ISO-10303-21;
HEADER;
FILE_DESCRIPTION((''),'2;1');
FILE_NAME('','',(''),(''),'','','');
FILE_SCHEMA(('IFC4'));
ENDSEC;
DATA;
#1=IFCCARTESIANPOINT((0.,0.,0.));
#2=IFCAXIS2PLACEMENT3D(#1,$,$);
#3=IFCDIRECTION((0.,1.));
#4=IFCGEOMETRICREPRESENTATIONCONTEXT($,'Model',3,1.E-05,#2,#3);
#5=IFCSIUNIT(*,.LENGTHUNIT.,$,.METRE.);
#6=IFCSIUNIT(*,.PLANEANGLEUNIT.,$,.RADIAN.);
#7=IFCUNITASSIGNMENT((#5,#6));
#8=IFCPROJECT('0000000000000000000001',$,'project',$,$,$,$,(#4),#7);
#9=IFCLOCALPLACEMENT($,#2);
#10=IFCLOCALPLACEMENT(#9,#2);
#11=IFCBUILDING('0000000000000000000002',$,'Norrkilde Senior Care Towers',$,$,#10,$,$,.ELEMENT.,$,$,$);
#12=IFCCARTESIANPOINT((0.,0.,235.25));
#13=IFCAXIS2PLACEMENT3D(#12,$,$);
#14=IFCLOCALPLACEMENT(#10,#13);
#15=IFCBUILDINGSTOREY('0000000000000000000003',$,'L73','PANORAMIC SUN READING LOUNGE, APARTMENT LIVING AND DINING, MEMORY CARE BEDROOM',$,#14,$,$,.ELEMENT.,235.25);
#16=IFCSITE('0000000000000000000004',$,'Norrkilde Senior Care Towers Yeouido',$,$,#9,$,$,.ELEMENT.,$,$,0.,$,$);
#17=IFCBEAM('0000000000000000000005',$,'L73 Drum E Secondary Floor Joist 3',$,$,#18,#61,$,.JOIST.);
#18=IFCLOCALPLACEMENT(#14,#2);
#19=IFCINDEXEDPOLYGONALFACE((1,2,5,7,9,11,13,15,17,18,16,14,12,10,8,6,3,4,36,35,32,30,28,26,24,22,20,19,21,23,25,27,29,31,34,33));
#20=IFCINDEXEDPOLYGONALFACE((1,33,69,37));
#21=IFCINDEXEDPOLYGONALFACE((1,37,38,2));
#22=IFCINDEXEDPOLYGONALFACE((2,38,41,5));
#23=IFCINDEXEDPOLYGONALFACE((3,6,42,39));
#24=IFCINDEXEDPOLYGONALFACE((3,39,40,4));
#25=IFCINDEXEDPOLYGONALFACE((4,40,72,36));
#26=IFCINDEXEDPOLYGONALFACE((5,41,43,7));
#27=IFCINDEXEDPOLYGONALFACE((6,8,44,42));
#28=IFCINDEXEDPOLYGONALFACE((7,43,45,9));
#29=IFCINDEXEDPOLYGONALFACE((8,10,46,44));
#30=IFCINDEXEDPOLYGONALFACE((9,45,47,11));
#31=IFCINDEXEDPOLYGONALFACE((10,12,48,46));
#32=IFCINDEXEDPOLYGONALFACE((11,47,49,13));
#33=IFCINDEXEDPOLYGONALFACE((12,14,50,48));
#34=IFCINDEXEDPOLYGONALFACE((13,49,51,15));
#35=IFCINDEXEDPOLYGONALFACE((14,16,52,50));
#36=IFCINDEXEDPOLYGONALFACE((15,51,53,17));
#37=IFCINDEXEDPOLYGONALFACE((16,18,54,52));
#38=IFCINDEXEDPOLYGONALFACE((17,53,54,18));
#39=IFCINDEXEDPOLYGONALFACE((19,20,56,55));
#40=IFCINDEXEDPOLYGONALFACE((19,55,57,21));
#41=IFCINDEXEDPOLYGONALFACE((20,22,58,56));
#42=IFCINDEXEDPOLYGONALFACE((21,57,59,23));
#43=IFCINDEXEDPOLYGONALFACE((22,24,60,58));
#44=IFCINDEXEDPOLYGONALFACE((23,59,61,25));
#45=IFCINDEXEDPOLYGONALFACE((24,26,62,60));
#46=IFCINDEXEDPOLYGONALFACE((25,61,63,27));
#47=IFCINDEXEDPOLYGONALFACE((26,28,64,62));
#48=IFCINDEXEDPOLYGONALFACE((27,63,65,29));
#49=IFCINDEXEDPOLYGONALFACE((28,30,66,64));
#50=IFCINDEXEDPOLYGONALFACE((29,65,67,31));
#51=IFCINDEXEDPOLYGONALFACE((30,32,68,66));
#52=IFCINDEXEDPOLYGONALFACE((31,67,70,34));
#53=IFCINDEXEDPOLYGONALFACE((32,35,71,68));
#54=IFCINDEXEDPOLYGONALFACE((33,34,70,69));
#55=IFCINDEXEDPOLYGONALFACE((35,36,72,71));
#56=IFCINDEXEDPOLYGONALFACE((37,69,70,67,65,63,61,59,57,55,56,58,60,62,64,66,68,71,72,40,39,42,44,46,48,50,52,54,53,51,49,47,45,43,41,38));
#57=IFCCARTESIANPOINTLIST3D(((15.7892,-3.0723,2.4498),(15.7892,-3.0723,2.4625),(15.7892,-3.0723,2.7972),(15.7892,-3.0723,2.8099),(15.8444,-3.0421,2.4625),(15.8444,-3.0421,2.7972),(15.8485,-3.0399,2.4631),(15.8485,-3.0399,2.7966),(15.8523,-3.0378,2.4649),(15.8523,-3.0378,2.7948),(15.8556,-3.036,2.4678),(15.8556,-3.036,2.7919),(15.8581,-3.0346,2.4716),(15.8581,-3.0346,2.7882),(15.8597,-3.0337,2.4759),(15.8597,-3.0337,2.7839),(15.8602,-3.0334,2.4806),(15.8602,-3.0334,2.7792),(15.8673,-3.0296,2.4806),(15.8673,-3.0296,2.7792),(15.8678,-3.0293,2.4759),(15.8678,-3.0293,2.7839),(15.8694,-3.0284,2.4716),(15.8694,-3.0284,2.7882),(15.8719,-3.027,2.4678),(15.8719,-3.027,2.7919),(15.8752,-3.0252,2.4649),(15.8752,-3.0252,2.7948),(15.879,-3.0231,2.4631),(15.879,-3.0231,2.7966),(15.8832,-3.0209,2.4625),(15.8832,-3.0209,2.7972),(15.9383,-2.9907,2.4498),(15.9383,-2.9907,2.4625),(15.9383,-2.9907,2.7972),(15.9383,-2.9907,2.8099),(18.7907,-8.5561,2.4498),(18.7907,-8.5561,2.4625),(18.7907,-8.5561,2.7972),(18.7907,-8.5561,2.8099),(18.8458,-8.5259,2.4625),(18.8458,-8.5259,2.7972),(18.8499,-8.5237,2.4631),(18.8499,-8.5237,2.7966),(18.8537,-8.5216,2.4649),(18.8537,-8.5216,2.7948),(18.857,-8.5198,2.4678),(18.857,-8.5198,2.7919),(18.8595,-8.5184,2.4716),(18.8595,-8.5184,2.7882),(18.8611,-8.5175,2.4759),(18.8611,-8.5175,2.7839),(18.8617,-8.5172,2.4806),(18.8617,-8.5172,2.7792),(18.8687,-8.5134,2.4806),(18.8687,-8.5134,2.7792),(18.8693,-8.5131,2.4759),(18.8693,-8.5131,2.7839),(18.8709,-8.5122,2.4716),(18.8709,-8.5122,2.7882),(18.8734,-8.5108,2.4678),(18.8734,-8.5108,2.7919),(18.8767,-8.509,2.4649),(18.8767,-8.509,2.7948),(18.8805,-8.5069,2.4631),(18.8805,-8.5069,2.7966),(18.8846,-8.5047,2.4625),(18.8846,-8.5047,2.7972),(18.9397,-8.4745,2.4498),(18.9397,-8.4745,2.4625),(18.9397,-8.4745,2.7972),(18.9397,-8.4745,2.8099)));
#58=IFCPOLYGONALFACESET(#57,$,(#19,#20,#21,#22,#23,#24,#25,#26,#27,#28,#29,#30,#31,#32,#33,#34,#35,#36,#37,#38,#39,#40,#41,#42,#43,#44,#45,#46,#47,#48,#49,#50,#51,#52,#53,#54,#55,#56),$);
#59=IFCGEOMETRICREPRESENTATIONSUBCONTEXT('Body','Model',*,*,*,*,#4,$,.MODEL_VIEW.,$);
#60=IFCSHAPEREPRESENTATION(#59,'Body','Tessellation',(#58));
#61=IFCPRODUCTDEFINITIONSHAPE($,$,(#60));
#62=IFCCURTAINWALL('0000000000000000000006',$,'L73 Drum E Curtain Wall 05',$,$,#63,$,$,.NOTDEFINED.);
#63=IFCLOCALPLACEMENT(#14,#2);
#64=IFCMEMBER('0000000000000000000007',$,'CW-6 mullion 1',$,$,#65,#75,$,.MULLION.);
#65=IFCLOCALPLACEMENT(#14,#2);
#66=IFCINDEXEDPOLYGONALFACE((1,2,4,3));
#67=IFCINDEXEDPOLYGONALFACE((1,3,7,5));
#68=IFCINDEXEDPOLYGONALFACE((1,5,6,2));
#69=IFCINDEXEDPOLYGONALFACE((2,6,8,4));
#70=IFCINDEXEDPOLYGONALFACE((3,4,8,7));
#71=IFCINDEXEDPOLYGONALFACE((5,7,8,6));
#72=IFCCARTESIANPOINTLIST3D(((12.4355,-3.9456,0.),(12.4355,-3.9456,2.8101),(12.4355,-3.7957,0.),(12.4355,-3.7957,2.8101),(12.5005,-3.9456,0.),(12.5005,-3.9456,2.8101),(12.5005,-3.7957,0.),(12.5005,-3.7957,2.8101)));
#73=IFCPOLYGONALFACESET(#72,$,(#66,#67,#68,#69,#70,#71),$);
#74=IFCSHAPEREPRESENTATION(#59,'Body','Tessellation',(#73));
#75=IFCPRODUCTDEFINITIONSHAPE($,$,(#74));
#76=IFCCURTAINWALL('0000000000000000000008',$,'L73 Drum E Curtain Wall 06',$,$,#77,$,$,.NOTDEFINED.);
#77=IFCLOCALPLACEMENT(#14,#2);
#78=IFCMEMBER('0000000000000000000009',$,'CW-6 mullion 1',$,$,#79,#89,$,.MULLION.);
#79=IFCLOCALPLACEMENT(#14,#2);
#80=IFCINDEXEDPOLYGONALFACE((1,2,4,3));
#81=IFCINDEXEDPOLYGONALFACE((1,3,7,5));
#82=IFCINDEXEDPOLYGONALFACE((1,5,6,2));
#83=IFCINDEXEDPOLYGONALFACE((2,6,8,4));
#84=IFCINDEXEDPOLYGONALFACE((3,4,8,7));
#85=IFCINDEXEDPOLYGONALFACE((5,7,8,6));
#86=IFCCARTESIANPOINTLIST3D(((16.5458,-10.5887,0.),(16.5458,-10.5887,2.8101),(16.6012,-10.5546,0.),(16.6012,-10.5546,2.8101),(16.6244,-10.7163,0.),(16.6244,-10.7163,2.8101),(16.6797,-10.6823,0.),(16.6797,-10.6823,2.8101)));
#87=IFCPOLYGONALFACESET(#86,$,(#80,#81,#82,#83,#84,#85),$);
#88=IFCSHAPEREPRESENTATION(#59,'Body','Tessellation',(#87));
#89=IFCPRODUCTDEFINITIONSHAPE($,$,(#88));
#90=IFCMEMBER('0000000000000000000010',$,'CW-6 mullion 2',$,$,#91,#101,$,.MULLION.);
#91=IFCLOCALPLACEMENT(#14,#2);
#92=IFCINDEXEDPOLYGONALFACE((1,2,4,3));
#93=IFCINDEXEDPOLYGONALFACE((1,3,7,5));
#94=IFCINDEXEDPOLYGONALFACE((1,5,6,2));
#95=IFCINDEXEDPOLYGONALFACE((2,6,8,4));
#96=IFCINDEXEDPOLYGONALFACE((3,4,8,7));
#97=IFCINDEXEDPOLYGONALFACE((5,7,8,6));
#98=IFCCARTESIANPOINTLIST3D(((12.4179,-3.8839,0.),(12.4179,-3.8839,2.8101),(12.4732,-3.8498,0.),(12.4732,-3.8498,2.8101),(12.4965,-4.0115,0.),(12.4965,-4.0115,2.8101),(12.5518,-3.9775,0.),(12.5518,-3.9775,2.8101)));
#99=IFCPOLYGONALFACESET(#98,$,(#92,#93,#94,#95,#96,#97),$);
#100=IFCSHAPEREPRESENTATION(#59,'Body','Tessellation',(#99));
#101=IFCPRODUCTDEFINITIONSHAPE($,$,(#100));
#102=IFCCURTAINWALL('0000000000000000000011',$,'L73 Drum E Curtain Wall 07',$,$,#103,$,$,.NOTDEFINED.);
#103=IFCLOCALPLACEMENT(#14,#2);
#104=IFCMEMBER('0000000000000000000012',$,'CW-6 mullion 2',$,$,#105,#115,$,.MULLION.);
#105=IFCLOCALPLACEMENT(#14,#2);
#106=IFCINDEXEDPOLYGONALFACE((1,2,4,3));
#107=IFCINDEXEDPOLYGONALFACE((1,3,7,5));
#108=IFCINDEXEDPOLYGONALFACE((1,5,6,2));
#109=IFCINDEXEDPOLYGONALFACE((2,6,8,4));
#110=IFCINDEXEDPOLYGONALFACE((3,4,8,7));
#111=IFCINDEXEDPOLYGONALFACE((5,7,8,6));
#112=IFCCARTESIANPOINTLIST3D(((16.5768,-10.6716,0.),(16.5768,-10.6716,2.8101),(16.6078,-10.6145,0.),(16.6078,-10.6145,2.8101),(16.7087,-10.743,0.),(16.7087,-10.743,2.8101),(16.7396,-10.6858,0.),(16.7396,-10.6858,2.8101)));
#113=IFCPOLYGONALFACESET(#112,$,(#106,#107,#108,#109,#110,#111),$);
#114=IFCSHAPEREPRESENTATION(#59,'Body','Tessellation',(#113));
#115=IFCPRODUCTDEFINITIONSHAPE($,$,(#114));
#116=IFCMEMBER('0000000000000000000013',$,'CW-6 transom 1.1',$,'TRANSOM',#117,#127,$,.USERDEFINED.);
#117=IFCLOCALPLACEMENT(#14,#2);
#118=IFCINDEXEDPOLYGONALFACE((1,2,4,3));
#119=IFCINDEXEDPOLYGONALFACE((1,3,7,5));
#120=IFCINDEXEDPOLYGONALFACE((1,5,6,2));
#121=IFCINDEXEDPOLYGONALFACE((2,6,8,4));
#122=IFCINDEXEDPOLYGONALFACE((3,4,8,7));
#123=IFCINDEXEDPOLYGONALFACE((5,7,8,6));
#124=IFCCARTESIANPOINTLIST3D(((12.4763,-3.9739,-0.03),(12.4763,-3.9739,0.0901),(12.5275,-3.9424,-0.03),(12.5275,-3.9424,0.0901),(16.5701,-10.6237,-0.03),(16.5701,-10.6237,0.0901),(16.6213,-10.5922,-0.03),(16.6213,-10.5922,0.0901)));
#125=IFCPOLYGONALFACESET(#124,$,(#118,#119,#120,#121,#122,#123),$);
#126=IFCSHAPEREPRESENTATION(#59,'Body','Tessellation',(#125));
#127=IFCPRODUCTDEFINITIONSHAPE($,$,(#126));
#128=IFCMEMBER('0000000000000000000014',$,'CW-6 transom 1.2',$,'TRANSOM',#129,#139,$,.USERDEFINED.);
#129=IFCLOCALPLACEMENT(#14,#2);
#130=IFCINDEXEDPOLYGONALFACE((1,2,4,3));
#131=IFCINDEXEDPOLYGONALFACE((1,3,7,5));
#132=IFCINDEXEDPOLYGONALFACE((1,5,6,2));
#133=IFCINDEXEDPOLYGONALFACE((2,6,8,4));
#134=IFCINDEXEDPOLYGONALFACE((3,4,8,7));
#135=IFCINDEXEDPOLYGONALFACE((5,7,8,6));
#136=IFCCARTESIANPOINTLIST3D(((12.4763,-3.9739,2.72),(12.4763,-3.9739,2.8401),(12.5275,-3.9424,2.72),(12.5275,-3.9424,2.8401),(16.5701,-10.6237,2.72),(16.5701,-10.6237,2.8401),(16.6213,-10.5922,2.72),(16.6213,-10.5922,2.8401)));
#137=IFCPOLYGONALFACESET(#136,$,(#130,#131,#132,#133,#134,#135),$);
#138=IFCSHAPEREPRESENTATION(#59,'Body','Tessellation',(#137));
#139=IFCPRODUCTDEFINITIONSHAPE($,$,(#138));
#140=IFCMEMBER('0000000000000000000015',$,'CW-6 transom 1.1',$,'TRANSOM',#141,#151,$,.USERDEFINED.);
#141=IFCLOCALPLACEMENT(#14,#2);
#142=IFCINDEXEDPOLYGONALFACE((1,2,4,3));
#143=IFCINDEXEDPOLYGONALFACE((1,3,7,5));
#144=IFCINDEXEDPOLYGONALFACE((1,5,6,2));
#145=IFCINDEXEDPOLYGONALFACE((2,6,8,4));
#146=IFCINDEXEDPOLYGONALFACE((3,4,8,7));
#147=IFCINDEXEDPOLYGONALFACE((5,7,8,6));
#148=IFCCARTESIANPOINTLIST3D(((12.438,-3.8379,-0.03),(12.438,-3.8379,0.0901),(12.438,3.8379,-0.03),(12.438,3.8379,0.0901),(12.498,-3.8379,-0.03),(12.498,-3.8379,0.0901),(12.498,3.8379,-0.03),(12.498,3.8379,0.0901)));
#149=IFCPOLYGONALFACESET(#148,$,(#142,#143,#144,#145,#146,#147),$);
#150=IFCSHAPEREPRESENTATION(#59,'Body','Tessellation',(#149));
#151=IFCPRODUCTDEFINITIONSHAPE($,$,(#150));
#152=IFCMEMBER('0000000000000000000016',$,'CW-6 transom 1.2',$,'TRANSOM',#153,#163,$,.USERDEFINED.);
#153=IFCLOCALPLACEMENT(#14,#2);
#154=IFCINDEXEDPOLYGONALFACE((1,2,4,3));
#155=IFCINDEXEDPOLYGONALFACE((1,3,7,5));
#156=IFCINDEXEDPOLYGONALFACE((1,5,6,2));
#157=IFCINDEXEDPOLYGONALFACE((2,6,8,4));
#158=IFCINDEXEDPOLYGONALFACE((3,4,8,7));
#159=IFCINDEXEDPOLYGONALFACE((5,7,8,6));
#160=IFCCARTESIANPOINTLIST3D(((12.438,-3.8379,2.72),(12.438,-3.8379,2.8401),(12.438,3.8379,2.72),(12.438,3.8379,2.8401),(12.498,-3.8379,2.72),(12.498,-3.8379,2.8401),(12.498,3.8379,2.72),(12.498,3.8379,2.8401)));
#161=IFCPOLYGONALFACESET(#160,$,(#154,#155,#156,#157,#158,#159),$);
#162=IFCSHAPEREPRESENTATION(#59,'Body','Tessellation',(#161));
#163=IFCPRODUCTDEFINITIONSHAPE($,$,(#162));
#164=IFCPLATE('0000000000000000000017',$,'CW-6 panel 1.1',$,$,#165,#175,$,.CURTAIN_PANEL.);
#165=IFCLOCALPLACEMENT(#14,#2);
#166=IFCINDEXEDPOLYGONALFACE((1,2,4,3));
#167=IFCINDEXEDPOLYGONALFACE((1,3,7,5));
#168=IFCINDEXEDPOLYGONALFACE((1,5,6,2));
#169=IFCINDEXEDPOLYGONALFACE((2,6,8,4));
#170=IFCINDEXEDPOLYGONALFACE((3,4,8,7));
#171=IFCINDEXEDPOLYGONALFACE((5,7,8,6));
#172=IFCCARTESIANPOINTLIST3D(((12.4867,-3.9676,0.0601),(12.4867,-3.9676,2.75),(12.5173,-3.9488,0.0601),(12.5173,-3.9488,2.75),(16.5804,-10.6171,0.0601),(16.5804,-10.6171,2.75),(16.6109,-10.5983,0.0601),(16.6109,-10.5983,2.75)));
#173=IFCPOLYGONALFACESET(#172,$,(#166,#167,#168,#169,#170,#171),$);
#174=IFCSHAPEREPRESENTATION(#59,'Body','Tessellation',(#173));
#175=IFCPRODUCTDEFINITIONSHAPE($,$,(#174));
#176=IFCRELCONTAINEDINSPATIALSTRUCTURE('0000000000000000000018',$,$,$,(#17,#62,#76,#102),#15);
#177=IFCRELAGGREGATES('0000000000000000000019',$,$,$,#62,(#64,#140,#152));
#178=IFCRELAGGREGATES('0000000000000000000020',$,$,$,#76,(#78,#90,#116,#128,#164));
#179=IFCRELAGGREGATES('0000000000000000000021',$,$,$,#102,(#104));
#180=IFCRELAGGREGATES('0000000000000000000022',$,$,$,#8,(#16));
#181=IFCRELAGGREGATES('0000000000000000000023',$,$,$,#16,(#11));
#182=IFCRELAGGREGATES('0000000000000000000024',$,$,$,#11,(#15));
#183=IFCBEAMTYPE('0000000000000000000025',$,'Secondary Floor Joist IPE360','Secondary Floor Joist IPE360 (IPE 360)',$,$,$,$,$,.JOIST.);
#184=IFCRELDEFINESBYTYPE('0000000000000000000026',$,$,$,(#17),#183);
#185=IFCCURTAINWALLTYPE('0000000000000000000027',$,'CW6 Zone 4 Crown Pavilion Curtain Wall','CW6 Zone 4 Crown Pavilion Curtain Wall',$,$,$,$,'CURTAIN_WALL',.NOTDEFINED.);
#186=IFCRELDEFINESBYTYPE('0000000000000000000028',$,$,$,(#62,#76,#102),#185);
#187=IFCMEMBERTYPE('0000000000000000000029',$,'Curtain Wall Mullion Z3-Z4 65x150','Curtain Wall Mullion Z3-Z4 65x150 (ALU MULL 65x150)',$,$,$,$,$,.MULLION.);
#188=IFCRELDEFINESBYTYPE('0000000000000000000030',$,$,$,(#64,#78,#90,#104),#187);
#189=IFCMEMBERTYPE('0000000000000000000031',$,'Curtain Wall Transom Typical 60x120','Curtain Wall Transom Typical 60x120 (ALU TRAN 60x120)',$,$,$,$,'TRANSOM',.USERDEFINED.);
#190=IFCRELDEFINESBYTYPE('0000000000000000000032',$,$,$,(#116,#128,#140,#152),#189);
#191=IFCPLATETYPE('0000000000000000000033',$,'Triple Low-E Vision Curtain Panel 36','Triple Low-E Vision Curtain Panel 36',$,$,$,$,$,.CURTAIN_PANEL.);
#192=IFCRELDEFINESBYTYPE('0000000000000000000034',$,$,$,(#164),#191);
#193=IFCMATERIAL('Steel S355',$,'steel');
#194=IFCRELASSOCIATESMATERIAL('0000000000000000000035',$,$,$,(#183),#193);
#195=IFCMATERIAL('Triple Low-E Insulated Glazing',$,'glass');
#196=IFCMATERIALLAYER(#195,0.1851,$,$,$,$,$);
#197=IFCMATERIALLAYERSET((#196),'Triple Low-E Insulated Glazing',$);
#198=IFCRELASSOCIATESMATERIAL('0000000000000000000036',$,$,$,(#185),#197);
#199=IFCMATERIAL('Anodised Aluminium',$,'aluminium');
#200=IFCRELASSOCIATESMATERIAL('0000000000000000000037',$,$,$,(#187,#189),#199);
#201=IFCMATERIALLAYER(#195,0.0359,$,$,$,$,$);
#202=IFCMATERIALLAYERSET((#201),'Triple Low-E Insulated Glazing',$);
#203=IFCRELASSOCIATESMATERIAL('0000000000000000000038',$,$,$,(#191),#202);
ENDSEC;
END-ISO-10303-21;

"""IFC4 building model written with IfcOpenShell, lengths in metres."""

from ifc_helpers import new_model, si_unit, direction, frame, origin, origin_2d, place, context, subcontext, project, spatial, rectangle, i_section, extrude, source, transform, mapped, material, layer, layer_set, material_profile, profile_set, type_object, type_shapes, element, aggregate, save


model = new_model("IFC4")

# Units and contexts
model_context = context("Model", 3, precision=1e-05, world=origin(), true_north=direction((0.0, 1.0)))
body_context = subcontext(model_context, "Body", "Model", "MODEL_VIEW")
ifc_project = project(units=[si_unit("LENGTHUNIT", "METRE"), si_unit("PLANEANGLEUNIT", "RADIAN")], contexts=[model_context])

# Site, building, storey
site_placement = place(None, origin())
site = spatial("IfcSite", under=ifc_project, at=site_placement, Name="Norrkilde Senior Care Towers Yeouido", CompositionType="ELEMENT", RefElevation=0.0)
building_placement = place(site_placement, origin())
building = spatial("IfcBuilding", under=site, at=building_placement, Name="Norrkilde Senior Care Towers", CompositionType="ELEMENT")
storey_placement = place(building_placement, frame((0.0, 0.0, 235.25)))
storey = spatial("IfcBuildingStorey", under=building, at=storey_placement, Name="L73", Description="PANORAMIC SUN READING LOUNGE, APARTMENT LIVING AND DINING, MEMORY CARE BEDROOM", CompositionType="ELEMENT", Elevation=235.25)

# Beam
ifc_material_1 = material(Name="Steel S355", Category="steel")
ifc_material_profile_1 = material_profile(ifc_material_1, i_section(OverallWidth=0.1699, OverallDepth=0.3601, WebThickness=0.0081, FlangeThickness=0.0127, FilletRadius=0.0181, at=origin_2d()), Name="IPE 360")
ifc_profile_set_1 = profile_set([ifc_material_profile_1], Name="Steel S355")
beam_type_1 = type_object("IfcBeamType", Name="Secondary Floor Joist IPE360", Description="Secondary Floor Joist IPE360 (IPE 360)", PredefinedType="JOIST", material=ifc_profile_set_1)
shared_shape_1 = source(origin(), body_context, "Body", "SweptSolid", [
    extrude(i_section(OverallWidth=0.1699, OverallDepth=0.3601, WebThickness=0.0081, FlangeThickness=0.0127, FilletRadius=0.0181, at=origin_2d()), origin(), (0.0, 0.0, 1.0), 6.2515),
])
type_shapes(beam_type_1, [shared_shape_1])
beam_1_placement = place(storey_placement, frame((15.8638, -3.0315, 2.6299), z_axis=(0.480116, -0.877205, 0.0), x_axis=(0.877205, 0.480116, 0.0)))
element("IfcBeam", 1, at=beam_1_placement, inside=storey, type_object=beam_type_1, Name="L73 Drum E Secondary Floor Joist 3", PredefinedType="JOIST", context=body_context, shape_type="MappedRepresentation", body=[
    mapped(shared_shape_1, transform((0.0, 0.0, 0.0), x_axis=(1.0, 0.0, 0.0), y_axis=(0.0, 1.0, 0.0), z_axis=(0.0, 0.0, 1.0), scale=1.0)),
])

# Curtain wall, member
ifc_material_2 = material(Name="Triple Low-E Insulated Glazing", Category="glass")
ifc_layer_1 = layer(ifc_material_2, 0.1851)
ifc_layer_set_1 = layer_set([ifc_layer_1], Name="Triple Low-E Insulated Glazing")
curtain_wall_type = type_object("IfcCurtainWallType", Name="CW6 Zone 4 Crown Pavilion Curtain Wall", Description="CW6 Zone 4 Crown Pavilion Curtain Wall", ElementType="CURTAIN_WALL", PredefinedType="NOTDEFINED", material=ifc_layer_set_1)
curtain_wall_1_placement = place(storey_placement, origin())
curtain_wall_1 = element("IfcCurtainWall", 2, at=curtain_wall_1_placement, inside=storey, type_object=curtain_wall_type, Name="L73 Drum E Curtain Wall 05", PredefinedType="NOTDEFINED")
ifc_material_3 = material(Name="Anodised Aluminium", Category="aluminium")
ifc_material_profile_2 = material_profile(ifc_material_3, rectangle(XDim=0.0649, YDim=0.1499, at=origin_2d()), Name="ALU MULL 65x150")
ifc_profile_set_2 = profile_set([ifc_material_profile_2], Name="Anodised Aluminium")
member_type_1 = type_object("IfcMemberType", Name="Curtain Wall Mullion Z3-Z4 65x150", Description="Curtain Wall Mullion Z3-Z4 65x150 (ALU MULL 65x150)", PredefinedType="MULLION", material=ifc_profile_set_2)
shared_shape_2 = source(origin(), body_context, "Body", "SweptSolid", [
    extrude(rectangle(XDim=0.0649, YDim=0.1499, at=origin_2d()), origin(), (0.0, 0.0, 1.0), 2.8101),
])
type_shapes(member_type_1, [shared_shape_2])
member_1_placement = place(storey_placement, frame((12.468, -3.8706, 0.0), z_axis=(0.0, 0.0, 1.0), x_axis=(-1.0, 0.0, 0.0)))
member_1 = element("IfcMember", 3, at=member_1_placement, type_object=member_type_1, Name="CW-6 mullion 1", PredefinedType="MULLION", context=body_context, shape_type="MappedRepresentation", body=[
    mapped(shared_shape_2, transform((0.0, 0.0, 0.0), x_axis=(1.0, 0.0, 0.0), y_axis=(0.0, 1.0, 0.0), z_axis=(0.0, 0.0, 1.0), scale=1.0)),
])

# Curtain wall, members
curtain_wall_2_placement = place(storey_placement, origin())
curtain_wall_2 = element("IfcCurtainWall", 4, at=curtain_wall_2_placement, inside=storey, type_object=curtain_wall_type, Name="L73 Drum E Curtain Wall 06", PredefinedType="NOTDEFINED")
member_2_placement = place(storey_placement, frame((16.6128, -10.6355, 0.0), z_axis=(0.0, 0.0, 1.0), x_axis=(-0.851563, -0.524253, 0.0)))
member_2 = element("IfcMember", 5, at=member_2_placement, type_object=member_type_1, Name="CW-6 mullion 1", PredefinedType="MULLION", context=body_context, shape_type="MappedRepresentation", body=[
    mapped(shared_shape_2, transform((0.0, 0.0, 0.0), x_axis=(1.0, 0.0, 0.0), y_axis=(0.0, 1.0, 0.0), z_axis=(0.0, 0.0, 1.0), scale=1.0)),
])
member_3_placement = place(storey_placement, frame((12.4849, -3.9307, 0.0), z_axis=(0.0, 0.0, 1.0), x_axis=(-0.851563, -0.524253, 0.0)))
member_3 = element("IfcMember", 6, at=member_3_placement, type_object=member_type_1, Name="CW-6 mullion 2", PredefinedType="MULLION", context=body_context, shape_type="MappedRepresentation", body=[
    mapped(shared_shape_2, transform((0.0, 0.0, 0.0), x_axis=(1.0, 0.0, 0.0), y_axis=(0.0, 1.0, 0.0), z_axis=(0.0, 0.0, 1.0), scale=1.0)),
])

# Curtain wall, member
curtain_wall_3_placement = place(storey_placement, origin())
curtain_wall_3 = element("IfcCurtainWall", 7, at=curtain_wall_3_placement, inside=storey, type_object=curtain_wall_type, Name="L73 Drum E Curtain Wall 07", PredefinedType="NOTDEFINED")
member_4_placement = place(storey_placement, frame((16.6582, -10.6787, 0.0), z_axis=(0.0, 0.0, 1.0), x_axis=(-0.476133, -0.879373, 0.0)))
member_4 = element("IfcMember", 8, at=member_4_placement, type_object=member_type_1, Name="CW-6 mullion 2", PredefinedType="MULLION", context=body_context, shape_type="MappedRepresentation", body=[
    mapped(shared_shape_2, transform((0.0, 0.0, 0.0), x_axis=(1.0, 0.0, 0.0), y_axis=(0.0, 1.0, 0.0), z_axis=(0.0, 0.0, 1.0), scale=1.0)),
])

# Members
ifc_material_profile_3 = material_profile(ifc_material_3, rectangle(XDim=0.0601, YDim=0.1201, at=origin_2d()), Name="ALU TRAN 60x120")
ifc_profile_set_3 = profile_set([ifc_material_profile_3], Name="Anodised Aluminium")
member_type_2 = type_object("IfcMemberType", Name="Curtain Wall Transom Typical 60x120", Description="Curtain Wall Transom Typical 60x120 (ALU TRAN 60x120)", ElementType="TRANSOM", PredefinedType="USERDEFINED", material=ifc_profile_set_3)
shared_shape_3 = source(origin(), body_context, "Body", "SweptSolid", [
    extrude(rectangle(XDim=0.0601, YDim=0.1201, at=origin_2d()), origin(), (0.0, 0.0, 1.0), 7.8088),
])
member_5_placement = place(storey_placement, frame((16.5957, -10.6079, 0.03), z_axis=(-0.524251, 0.851564, 0.0), x_axis=(-0.851564, -0.524251, 0.0)))
member_5 = element("IfcMember", 9, at=member_5_placement, type_object=member_type_2, Name="CW-6 transom 1.1", ObjectType="TRANSOM", PredefinedType="USERDEFINED", context=body_context, shape_type="MappedRepresentation", body=[
    mapped(shared_shape_3, transform((0.0, 0.0, 0.0), x_axis=(1.0, 0.0, 0.0), y_axis=(0.0, 1.0, 0.0), z_axis=(0.0, 0.0, 1.0), scale=1.0)),
])
member_6_placement = place(storey_placement, frame((16.5957, -10.6079, 2.78), z_axis=(-0.524251, 0.851564, 0.0), x_axis=(-0.851564, -0.524251, 0.0)))
member_6 = element("IfcMember", 10, at=member_6_placement, type_object=member_type_2, Name="CW-6 transom 1.2", ObjectType="TRANSOM", PredefinedType="USERDEFINED", context=body_context, shape_type="MappedRepresentation", body=[
    mapped(shared_shape_3, transform((0.0, 0.0, 0.0), x_axis=(1.0, 0.0, 0.0), y_axis=(0.0, 1.0, 0.0), z_axis=(0.0, 0.0, 1.0), scale=1.0)),
])
shared_shape_4 = source(origin(), body_context, "Body", "SweptSolid", [
    extrude(rectangle(XDim=0.0601, YDim=0.1201, at=origin_2d()), origin(), (0.0, 0.0, 1.0), 7.6758),
])
type_shapes(member_type_2, [shared_shape_3, shared_shape_4])
member_7_placement = place(storey_placement, frame((12.468, -3.8379, 0.03), z_axis=(0.0, 1.0, 0.0), x_axis=(-1.0, 0.0, 0.0)))
member_7 = element("IfcMember", 11, at=member_7_placement, type_object=member_type_2, Name="CW-6 transom 1.1", ObjectType="TRANSOM", PredefinedType="USERDEFINED", context=body_context, shape_type="MappedRepresentation", body=[
    mapped(shared_shape_4, transform((0.0, 0.0, 0.0), x_axis=(1.0, 0.0, 0.0), y_axis=(0.0, 1.0, 0.0), z_axis=(0.0, 0.0, 1.0), scale=1.0)),
])
member_8_placement = place(storey_placement, frame((12.468, -3.8379, 2.78), z_axis=(0.0, 1.0, 0.0), x_axis=(-1.0, 0.0, 0.0)))
member_8 = element("IfcMember", 12, at=member_8_placement, type_object=member_type_2, Name="CW-6 transom 1.2", ObjectType="TRANSOM", PredefinedType="USERDEFINED", context=body_context, shape_type="MappedRepresentation", body=[
    mapped(shared_shape_4, transform((0.0, 0.0, 0.0), x_axis=(1.0, 0.0, 0.0), y_axis=(0.0, 1.0, 0.0), z_axis=(0.0, 0.0, 1.0), scale=1.0)),
])
aggregate(curtain_wall_1, [member_1, member_7, member_8])

# Plate
ifc_layer_2 = layer(ifc_material_2, 0.0359)
ifc_layer_set_2 = layer_set([ifc_layer_2], Name="Triple Low-E Insulated Glazing")
plate_type = type_object("IfcPlateType", Name="Triple Low-E Vision Curtain Panel 36", Description="Triple Low-E Vision Curtain Panel 36", PredefinedType="CURTAIN_PANEL", material=ifc_layer_set_2)
shared_shape_5 = source(origin(), body_context, "Body", "SweptSolid", [
    extrude(rectangle(XDim=7.8086, YDim=0.0359, at=origin_2d()), origin(), (0.0, 0.0, 1.0), 2.6899),
])
plate_1_placement = place(storey_placement, frame((14.5488, -7.283, 0.0601), z_axis=(0.0, 0.0, 1.0), x_axis=(-0.524253, 0.851563, 0.0)))
plate_1 = element("IfcPlate", 13, at=plate_1_placement, type_object=plate_type, Name="CW-6 panel 1.1", PredefinedType="CURTAIN_PANEL", context=body_context, shape_type="MappedRepresentation", body=[
    mapped(shared_shape_5, transform((0.0, 0.0, 0.0), x_axis=(1.0, 0.0, 0.0), y_axis=(0.0, 1.0, 0.0), z_axis=(0.0, 0.0, 1.0), scale=1.0)),
])
aggregate(curtain_wall_2, [member_2, member_3, member_5, member_6, plate_1])
aggregate(curtain_wall_3, [member_4])

save(model, "model.ifc")
